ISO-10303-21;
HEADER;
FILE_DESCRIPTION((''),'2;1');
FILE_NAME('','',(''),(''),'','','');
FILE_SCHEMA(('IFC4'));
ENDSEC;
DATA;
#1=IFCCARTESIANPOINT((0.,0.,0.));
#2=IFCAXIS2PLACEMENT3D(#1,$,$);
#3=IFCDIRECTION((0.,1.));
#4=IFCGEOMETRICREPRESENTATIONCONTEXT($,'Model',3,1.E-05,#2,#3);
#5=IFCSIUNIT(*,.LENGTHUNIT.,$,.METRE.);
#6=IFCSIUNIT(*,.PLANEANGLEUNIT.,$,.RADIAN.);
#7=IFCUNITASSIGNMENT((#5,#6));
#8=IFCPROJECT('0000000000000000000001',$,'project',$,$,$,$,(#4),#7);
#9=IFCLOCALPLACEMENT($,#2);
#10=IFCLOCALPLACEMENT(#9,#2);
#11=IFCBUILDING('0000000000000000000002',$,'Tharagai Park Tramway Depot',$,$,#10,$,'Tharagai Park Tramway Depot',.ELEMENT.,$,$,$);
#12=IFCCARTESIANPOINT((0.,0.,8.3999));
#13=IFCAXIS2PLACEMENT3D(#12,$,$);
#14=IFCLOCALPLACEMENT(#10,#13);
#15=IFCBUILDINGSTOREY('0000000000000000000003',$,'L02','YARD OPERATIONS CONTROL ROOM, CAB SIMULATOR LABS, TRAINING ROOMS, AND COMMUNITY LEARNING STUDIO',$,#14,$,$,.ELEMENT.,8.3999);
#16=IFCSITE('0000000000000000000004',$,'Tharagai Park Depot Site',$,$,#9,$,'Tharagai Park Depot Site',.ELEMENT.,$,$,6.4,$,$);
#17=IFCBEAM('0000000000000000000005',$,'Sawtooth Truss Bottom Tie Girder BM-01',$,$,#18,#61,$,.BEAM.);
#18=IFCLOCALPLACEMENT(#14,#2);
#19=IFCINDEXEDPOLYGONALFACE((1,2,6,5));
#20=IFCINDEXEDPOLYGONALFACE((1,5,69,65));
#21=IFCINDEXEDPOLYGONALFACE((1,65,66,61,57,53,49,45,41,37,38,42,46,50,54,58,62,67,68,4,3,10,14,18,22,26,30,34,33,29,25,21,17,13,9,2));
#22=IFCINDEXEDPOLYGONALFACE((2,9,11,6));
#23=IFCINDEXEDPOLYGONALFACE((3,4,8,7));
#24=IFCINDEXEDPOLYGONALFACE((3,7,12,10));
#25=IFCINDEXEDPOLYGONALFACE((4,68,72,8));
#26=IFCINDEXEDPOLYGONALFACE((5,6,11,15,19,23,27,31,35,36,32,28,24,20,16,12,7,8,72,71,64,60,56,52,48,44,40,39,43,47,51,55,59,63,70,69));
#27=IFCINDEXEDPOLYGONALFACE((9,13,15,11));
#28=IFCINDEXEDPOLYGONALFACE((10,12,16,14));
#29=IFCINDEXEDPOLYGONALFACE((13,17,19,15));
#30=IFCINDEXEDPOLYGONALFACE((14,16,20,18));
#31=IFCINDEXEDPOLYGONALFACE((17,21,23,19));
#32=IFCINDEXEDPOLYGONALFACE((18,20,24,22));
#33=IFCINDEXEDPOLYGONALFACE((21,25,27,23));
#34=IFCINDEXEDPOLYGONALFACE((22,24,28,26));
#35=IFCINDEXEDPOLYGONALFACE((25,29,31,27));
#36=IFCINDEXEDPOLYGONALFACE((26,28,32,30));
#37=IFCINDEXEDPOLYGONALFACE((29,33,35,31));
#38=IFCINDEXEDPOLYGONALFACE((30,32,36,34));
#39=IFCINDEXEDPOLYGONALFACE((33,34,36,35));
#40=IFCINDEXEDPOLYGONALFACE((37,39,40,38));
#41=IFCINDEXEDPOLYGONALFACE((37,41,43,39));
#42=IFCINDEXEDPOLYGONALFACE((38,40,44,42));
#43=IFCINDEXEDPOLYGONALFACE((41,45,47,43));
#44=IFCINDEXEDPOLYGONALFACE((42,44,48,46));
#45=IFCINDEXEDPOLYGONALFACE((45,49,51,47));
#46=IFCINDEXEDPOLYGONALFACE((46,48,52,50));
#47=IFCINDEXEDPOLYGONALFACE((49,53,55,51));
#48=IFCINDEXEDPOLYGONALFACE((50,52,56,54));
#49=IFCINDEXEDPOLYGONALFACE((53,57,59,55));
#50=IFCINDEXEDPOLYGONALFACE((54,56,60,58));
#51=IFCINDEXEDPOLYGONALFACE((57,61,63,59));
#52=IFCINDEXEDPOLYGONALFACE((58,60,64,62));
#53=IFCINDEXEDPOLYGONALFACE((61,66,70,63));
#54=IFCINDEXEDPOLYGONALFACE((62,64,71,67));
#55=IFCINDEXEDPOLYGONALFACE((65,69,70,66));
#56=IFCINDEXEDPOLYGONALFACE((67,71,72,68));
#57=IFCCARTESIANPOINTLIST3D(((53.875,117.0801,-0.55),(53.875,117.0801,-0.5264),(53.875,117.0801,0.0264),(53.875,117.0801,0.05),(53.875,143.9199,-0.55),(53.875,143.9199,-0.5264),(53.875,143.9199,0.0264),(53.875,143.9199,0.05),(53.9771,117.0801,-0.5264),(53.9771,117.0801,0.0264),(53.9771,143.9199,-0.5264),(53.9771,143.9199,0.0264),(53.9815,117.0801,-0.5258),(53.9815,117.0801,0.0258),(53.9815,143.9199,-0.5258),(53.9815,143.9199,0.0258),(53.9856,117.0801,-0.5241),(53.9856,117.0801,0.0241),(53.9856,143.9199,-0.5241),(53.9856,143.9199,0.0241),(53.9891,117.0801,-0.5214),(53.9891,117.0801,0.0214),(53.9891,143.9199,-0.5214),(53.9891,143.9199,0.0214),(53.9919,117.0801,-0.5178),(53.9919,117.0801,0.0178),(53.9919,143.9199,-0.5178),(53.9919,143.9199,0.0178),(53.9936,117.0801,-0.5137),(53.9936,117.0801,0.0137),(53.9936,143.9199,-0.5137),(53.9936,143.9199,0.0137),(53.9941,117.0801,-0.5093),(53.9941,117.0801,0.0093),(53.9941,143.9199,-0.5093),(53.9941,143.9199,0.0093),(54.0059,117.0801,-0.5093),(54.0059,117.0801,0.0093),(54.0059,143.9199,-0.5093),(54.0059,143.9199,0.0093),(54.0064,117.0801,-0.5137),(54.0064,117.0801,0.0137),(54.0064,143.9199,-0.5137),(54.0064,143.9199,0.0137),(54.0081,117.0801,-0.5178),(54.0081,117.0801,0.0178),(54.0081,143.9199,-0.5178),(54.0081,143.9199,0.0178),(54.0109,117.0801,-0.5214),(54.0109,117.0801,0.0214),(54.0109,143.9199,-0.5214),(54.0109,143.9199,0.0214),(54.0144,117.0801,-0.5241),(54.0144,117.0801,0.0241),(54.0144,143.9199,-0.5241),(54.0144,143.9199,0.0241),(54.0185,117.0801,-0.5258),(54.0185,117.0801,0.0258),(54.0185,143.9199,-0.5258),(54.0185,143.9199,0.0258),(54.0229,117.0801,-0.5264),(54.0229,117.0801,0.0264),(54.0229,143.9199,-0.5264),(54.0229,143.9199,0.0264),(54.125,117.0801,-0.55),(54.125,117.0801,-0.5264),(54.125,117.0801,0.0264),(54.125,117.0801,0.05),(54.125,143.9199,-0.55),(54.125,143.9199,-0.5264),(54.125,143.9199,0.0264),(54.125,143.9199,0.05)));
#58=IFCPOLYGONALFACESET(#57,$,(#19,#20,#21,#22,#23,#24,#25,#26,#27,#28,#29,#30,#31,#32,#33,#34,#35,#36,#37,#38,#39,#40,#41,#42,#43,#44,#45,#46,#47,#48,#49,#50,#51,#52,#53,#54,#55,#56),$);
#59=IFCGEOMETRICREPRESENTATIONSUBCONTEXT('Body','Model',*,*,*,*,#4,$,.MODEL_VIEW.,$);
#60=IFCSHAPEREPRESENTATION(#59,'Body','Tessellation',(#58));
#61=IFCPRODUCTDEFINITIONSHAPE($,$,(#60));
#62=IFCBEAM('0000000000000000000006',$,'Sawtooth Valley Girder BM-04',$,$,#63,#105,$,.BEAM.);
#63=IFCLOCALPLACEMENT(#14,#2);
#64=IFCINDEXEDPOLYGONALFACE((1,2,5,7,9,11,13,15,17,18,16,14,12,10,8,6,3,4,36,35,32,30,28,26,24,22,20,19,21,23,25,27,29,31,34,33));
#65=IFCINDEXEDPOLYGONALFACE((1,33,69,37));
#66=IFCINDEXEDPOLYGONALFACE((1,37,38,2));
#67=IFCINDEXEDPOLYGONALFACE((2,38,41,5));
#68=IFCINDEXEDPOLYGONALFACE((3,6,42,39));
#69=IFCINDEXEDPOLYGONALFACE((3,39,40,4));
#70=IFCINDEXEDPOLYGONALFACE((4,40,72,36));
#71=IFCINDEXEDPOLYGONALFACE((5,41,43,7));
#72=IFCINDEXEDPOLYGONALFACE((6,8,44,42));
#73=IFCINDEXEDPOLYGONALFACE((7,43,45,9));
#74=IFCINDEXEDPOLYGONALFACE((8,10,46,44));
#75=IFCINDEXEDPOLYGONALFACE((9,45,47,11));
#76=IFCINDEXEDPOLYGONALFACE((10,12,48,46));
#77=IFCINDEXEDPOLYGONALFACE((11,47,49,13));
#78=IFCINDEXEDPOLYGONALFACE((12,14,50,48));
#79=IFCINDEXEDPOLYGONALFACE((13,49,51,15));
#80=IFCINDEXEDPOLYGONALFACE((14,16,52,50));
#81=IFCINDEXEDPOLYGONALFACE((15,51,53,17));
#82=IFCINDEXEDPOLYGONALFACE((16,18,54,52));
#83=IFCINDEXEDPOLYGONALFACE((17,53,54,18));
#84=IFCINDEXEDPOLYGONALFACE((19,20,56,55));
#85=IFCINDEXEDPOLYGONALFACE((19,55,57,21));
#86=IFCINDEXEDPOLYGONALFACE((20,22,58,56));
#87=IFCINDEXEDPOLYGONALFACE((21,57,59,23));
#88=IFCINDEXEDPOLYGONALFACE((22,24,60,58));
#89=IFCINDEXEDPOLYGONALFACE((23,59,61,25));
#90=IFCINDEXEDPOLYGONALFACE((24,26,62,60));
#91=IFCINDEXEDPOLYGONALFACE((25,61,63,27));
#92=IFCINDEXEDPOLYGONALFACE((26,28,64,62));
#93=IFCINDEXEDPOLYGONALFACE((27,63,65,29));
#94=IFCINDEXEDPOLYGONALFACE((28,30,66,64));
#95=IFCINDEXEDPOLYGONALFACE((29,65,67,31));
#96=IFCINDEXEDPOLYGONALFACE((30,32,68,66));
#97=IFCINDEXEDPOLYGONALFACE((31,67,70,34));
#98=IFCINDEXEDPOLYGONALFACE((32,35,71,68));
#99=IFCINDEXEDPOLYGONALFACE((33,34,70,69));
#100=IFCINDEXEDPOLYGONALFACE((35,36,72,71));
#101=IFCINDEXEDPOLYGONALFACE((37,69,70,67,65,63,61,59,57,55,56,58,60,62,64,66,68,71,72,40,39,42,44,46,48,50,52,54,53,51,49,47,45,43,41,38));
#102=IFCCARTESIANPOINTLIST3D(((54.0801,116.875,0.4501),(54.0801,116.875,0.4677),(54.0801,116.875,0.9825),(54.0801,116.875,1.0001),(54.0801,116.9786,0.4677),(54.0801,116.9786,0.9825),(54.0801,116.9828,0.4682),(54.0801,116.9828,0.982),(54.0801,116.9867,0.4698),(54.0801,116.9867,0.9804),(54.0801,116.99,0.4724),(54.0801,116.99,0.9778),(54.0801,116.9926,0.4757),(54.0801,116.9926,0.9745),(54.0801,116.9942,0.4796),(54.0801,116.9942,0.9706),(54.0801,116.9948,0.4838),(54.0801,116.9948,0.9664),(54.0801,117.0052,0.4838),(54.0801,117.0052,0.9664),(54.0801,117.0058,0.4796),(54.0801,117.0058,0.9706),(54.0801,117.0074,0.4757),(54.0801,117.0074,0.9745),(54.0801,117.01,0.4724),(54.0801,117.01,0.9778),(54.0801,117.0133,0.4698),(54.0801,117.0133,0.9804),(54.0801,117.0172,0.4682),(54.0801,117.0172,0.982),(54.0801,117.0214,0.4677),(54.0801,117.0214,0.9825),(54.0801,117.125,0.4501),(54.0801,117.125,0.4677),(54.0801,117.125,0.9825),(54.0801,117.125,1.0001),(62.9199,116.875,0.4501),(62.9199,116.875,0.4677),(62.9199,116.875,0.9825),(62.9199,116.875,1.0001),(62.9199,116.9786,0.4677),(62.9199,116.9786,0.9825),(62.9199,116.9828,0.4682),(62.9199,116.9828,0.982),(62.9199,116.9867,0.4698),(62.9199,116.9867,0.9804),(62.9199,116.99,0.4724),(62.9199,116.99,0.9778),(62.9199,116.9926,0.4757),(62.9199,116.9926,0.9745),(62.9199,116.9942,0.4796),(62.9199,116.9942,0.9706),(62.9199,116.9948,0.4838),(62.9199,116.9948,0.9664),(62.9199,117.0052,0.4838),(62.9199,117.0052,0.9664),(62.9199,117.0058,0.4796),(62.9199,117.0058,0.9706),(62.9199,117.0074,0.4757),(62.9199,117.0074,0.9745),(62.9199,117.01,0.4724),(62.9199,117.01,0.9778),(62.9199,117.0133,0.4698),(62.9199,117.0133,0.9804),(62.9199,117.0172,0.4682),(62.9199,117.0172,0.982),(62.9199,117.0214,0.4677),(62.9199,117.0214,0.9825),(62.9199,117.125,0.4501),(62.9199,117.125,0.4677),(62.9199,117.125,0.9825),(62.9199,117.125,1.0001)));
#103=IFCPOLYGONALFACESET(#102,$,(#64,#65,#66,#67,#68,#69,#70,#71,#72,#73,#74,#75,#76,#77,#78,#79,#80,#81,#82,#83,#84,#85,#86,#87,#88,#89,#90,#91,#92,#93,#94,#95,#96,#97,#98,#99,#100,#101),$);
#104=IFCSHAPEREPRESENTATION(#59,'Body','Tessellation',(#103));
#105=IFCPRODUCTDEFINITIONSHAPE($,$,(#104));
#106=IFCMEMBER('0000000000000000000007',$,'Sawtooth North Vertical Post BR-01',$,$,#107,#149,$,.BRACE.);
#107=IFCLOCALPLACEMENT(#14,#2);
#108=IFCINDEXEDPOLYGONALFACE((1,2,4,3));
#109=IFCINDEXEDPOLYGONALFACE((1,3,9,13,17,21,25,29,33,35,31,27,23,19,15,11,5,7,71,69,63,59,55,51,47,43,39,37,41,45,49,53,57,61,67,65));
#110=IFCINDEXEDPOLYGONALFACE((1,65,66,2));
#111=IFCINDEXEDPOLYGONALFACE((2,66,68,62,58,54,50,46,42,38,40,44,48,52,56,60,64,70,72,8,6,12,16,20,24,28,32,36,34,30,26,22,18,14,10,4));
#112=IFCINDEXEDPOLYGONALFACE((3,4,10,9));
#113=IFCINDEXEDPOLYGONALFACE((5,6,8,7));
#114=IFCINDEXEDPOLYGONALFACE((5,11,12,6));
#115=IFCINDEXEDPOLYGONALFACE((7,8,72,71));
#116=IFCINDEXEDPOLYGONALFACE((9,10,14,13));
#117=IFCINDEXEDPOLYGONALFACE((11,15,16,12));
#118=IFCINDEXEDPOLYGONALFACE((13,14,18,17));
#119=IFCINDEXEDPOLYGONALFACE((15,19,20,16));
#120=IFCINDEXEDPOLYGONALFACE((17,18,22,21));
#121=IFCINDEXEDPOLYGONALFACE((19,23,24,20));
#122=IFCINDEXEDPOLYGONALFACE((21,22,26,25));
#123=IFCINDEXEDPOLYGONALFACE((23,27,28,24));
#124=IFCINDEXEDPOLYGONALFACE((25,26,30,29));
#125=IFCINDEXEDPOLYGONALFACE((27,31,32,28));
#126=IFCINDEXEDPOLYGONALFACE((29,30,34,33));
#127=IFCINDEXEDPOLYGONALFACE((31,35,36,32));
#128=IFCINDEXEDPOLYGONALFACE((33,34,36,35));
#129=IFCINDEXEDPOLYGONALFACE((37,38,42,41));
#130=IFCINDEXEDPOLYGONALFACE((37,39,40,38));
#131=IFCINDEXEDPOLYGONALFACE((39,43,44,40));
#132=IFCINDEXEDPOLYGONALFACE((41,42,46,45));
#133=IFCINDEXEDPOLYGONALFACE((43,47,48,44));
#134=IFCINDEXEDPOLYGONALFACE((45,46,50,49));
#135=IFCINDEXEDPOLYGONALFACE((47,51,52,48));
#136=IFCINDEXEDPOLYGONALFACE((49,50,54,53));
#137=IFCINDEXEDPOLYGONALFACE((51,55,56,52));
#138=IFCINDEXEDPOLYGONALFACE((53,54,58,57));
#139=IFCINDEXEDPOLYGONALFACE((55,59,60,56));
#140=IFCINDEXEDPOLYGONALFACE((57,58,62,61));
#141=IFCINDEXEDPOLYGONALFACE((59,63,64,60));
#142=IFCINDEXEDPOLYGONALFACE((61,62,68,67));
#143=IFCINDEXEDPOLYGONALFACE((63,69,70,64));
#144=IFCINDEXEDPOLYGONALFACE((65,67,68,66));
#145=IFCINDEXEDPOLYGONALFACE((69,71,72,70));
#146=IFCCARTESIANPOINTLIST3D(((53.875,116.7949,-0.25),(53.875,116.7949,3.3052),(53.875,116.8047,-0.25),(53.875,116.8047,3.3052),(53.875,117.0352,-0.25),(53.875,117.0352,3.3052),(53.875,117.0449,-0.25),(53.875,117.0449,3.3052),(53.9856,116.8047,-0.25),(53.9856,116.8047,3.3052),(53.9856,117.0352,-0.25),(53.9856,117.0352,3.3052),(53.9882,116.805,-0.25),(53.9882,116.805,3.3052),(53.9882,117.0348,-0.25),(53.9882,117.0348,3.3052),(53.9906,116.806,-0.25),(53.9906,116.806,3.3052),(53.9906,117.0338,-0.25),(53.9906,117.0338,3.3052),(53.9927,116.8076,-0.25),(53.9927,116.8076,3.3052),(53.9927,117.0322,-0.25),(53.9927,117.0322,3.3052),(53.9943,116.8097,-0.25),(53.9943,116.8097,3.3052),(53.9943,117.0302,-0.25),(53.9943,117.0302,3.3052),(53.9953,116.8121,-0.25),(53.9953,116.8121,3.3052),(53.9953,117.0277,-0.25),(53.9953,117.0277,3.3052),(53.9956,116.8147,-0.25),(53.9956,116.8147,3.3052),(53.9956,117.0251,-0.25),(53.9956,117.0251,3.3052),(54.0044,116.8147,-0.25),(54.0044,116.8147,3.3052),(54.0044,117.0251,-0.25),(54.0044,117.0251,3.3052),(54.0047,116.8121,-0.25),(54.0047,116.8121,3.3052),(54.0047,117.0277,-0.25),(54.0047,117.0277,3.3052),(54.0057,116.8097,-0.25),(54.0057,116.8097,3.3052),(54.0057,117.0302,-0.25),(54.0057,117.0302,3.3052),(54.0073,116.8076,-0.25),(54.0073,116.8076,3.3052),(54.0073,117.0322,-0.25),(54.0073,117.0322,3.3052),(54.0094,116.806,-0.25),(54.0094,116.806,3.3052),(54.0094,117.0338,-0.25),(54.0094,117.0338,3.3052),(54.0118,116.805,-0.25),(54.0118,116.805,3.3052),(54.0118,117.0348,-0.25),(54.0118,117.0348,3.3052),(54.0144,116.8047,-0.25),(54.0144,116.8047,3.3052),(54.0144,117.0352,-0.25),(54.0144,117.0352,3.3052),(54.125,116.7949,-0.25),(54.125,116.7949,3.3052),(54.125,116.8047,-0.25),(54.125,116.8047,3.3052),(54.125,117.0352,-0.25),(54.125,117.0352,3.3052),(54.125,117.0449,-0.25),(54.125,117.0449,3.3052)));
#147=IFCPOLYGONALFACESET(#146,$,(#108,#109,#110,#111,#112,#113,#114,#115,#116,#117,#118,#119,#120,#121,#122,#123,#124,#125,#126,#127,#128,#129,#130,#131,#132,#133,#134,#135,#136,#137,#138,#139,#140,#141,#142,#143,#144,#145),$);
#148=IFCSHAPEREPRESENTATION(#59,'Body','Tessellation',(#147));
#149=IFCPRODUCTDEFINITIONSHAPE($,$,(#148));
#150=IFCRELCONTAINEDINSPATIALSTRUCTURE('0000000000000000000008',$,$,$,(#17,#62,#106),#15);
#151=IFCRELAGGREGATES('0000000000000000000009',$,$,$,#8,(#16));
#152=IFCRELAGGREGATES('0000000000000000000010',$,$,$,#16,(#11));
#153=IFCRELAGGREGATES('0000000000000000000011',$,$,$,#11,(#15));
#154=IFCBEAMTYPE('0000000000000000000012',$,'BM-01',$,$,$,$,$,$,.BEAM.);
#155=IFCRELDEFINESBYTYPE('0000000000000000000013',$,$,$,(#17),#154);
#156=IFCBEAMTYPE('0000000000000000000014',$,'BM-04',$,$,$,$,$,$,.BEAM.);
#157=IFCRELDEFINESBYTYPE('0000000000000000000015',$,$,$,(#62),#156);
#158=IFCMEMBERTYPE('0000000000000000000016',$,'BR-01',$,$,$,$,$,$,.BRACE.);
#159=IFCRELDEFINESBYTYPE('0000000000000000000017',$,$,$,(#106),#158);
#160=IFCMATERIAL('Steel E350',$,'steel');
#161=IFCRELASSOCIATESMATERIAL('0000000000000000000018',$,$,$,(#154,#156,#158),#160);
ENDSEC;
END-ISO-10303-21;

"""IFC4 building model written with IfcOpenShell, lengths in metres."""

from ifc_helpers import new_model, si_unit, direction, frame, origin, origin_2d, place, context, subcontext, project, spatial, i_section, extrude, material, material_profile, profile_set, type_object, element, save


model = new_model("IFC4")

# Units and contexts
model_context = context("Model", 3, precision=1e-05, world=origin(), true_north=direction((0.0, 1.0)))
body_context = subcontext(model_context, "Body", "Model", "MODEL_VIEW")
ifc_project = project(units=[si_unit("LENGTHUNIT", "METRE"), si_unit("PLANEANGLEUNIT", "RADIAN")], contexts=[model_context])

# Site, building, storey
site_placement = place(None, origin())
site = spatial("IfcSite", under=ifc_project, at=site_placement, Name="Tharagai Park Depot Site", LongName="Tharagai Park Depot Site", CompositionType="ELEMENT", RefElevation=6.4)
building_placement = place(site_placement, origin())
building = spatial("IfcBuilding", under=site, at=building_placement, Name="Tharagai Park Tramway Depot", LongName="Tharagai Park Tramway Depot", CompositionType="ELEMENT")
storey_placement = place(building_placement, frame((0.0, 0.0, 8.3999)))
storey = spatial("IfcBuildingStorey", under=building, at=storey_placement, Name="L02", Description="YARD OPERATIONS CONTROL ROOM, CAB SIMULATOR LABS, TRAINING ROOMS, AND COMMUNITY LEARNING STUDIO", CompositionType="ELEMENT", Elevation=8.3999)

# Beams
ifc_material_1 = material(Name="Steel E350", Category="steel")
ifc_material_profile_1 = material_profile(ifc_material_1, i_section(OverallWidth=0.25, OverallDepth=0.6001, WebThickness=0.0117, FlangeThickness=0.0237, FilletRadius=0.0171, at=origin_2d()), Name="ISWB 600")
ifc_profile_set_1 = profile_set([ifc_material_profile_1], Name="Steel E350")
beam_type_1 = type_object("IfcBeamType", Name="BM-01", PredefinedType="BEAM", material=ifc_profile_set_1)
beam_1_placement = place(storey_placement, frame((54.0, 117.0801, -0.25), z_axis=(0.0, 1.0, 0.0), x_axis=(-1.0, 0.0, 0.0)))
element("IfcBeam", 1, at=beam_1_placement, inside=storey, type_object=beam_type_1, Name="Sawtooth Truss Bottom Tie Girder BM-01", PredefinedType="BEAM", context=body_context, shape_type="SweptSolid", body=[
    extrude(i_section(OverallWidth=0.25, OverallDepth=0.6001, WebThickness=0.0117, FlangeThickness=0.0237, FilletRadius=0.0171, at=origin_2d()), origin(), (0.0, 0.0, 1.0), 26.8398),
])
ifc_material_profile_2 = material_profile(ifc_material_1, i_section(OverallWidth=0.25, OverallDepth=0.55, WebThickness=0.0105, FlangeThickness=0.0176, FilletRadius=0.0161, at=origin_2d()), Name="ISWB 550")
ifc_profile_set_2 = profile_set([ifc_material_profile_2], Name="Steel E350")
beam_type_2 = type_object("IfcBeamType", Name="BM-04", PredefinedType="BEAM", material=ifc_profile_set_2)
beam_2_placement = place(storey_placement, frame((54.0801, 117.0, 0.7251), z_axis=(1.0, 0.0, 0.0), x_axis=(0.0, 1.0, 0.0)))
element("IfcBeam", 2, at=beam_2_placement, inside=storey, type_object=beam_type_2, Name="Sawtooth Valley Girder BM-04", PredefinedType="BEAM", context=body_context, shape_type="SweptSolid", body=[
    extrude(i_section(OverallWidth=0.25, OverallDepth=0.55, WebThickness=0.0105, FlangeThickness=0.0176, FilletRadius=0.0161, at=origin_2d()), origin(), (0.0, 0.0, 1.0), 8.8398),
])

# Member
ifc_material_profile_3 = material_profile(ifc_material_1, i_section(OverallWidth=0.25, OverallDepth=0.25, WebThickness=0.0088, FlangeThickness=0.0098, FilletRadius=0.01, at=origin_2d()), Name="ISHB 250")
ifc_profile_set_3 = profile_set([ifc_material_profile_3], Name="Steel E350")
member_type_1 = type_object("IfcMemberType", Name="BR-01", PredefinedType="BRACE", material=ifc_profile_set_3)
member_1_placement = place(storey_placement, frame((54.0, 116.9199, -0.25), z_axis=(0.0, 0.0, 1.0), x_axis=(1.0, 0.0, 0.0)))
element("IfcMember", 3, at=member_1_placement, inside=storey, type_object=member_type_1, Name="Sawtooth North Vertical Post BR-01", PredefinedType="BRACE", context=body_context, shape_type="SweptSolid", body=[
    extrude(i_section(OverallWidth=0.25, OverallDepth=0.25, WebThickness=0.0088, FlangeThickness=0.0098, FilletRadius=0.01, at=origin_2d()), origin(), (0.0, 0.0, 1.0), 3.5552),
])

save(model, "model.ifc")
